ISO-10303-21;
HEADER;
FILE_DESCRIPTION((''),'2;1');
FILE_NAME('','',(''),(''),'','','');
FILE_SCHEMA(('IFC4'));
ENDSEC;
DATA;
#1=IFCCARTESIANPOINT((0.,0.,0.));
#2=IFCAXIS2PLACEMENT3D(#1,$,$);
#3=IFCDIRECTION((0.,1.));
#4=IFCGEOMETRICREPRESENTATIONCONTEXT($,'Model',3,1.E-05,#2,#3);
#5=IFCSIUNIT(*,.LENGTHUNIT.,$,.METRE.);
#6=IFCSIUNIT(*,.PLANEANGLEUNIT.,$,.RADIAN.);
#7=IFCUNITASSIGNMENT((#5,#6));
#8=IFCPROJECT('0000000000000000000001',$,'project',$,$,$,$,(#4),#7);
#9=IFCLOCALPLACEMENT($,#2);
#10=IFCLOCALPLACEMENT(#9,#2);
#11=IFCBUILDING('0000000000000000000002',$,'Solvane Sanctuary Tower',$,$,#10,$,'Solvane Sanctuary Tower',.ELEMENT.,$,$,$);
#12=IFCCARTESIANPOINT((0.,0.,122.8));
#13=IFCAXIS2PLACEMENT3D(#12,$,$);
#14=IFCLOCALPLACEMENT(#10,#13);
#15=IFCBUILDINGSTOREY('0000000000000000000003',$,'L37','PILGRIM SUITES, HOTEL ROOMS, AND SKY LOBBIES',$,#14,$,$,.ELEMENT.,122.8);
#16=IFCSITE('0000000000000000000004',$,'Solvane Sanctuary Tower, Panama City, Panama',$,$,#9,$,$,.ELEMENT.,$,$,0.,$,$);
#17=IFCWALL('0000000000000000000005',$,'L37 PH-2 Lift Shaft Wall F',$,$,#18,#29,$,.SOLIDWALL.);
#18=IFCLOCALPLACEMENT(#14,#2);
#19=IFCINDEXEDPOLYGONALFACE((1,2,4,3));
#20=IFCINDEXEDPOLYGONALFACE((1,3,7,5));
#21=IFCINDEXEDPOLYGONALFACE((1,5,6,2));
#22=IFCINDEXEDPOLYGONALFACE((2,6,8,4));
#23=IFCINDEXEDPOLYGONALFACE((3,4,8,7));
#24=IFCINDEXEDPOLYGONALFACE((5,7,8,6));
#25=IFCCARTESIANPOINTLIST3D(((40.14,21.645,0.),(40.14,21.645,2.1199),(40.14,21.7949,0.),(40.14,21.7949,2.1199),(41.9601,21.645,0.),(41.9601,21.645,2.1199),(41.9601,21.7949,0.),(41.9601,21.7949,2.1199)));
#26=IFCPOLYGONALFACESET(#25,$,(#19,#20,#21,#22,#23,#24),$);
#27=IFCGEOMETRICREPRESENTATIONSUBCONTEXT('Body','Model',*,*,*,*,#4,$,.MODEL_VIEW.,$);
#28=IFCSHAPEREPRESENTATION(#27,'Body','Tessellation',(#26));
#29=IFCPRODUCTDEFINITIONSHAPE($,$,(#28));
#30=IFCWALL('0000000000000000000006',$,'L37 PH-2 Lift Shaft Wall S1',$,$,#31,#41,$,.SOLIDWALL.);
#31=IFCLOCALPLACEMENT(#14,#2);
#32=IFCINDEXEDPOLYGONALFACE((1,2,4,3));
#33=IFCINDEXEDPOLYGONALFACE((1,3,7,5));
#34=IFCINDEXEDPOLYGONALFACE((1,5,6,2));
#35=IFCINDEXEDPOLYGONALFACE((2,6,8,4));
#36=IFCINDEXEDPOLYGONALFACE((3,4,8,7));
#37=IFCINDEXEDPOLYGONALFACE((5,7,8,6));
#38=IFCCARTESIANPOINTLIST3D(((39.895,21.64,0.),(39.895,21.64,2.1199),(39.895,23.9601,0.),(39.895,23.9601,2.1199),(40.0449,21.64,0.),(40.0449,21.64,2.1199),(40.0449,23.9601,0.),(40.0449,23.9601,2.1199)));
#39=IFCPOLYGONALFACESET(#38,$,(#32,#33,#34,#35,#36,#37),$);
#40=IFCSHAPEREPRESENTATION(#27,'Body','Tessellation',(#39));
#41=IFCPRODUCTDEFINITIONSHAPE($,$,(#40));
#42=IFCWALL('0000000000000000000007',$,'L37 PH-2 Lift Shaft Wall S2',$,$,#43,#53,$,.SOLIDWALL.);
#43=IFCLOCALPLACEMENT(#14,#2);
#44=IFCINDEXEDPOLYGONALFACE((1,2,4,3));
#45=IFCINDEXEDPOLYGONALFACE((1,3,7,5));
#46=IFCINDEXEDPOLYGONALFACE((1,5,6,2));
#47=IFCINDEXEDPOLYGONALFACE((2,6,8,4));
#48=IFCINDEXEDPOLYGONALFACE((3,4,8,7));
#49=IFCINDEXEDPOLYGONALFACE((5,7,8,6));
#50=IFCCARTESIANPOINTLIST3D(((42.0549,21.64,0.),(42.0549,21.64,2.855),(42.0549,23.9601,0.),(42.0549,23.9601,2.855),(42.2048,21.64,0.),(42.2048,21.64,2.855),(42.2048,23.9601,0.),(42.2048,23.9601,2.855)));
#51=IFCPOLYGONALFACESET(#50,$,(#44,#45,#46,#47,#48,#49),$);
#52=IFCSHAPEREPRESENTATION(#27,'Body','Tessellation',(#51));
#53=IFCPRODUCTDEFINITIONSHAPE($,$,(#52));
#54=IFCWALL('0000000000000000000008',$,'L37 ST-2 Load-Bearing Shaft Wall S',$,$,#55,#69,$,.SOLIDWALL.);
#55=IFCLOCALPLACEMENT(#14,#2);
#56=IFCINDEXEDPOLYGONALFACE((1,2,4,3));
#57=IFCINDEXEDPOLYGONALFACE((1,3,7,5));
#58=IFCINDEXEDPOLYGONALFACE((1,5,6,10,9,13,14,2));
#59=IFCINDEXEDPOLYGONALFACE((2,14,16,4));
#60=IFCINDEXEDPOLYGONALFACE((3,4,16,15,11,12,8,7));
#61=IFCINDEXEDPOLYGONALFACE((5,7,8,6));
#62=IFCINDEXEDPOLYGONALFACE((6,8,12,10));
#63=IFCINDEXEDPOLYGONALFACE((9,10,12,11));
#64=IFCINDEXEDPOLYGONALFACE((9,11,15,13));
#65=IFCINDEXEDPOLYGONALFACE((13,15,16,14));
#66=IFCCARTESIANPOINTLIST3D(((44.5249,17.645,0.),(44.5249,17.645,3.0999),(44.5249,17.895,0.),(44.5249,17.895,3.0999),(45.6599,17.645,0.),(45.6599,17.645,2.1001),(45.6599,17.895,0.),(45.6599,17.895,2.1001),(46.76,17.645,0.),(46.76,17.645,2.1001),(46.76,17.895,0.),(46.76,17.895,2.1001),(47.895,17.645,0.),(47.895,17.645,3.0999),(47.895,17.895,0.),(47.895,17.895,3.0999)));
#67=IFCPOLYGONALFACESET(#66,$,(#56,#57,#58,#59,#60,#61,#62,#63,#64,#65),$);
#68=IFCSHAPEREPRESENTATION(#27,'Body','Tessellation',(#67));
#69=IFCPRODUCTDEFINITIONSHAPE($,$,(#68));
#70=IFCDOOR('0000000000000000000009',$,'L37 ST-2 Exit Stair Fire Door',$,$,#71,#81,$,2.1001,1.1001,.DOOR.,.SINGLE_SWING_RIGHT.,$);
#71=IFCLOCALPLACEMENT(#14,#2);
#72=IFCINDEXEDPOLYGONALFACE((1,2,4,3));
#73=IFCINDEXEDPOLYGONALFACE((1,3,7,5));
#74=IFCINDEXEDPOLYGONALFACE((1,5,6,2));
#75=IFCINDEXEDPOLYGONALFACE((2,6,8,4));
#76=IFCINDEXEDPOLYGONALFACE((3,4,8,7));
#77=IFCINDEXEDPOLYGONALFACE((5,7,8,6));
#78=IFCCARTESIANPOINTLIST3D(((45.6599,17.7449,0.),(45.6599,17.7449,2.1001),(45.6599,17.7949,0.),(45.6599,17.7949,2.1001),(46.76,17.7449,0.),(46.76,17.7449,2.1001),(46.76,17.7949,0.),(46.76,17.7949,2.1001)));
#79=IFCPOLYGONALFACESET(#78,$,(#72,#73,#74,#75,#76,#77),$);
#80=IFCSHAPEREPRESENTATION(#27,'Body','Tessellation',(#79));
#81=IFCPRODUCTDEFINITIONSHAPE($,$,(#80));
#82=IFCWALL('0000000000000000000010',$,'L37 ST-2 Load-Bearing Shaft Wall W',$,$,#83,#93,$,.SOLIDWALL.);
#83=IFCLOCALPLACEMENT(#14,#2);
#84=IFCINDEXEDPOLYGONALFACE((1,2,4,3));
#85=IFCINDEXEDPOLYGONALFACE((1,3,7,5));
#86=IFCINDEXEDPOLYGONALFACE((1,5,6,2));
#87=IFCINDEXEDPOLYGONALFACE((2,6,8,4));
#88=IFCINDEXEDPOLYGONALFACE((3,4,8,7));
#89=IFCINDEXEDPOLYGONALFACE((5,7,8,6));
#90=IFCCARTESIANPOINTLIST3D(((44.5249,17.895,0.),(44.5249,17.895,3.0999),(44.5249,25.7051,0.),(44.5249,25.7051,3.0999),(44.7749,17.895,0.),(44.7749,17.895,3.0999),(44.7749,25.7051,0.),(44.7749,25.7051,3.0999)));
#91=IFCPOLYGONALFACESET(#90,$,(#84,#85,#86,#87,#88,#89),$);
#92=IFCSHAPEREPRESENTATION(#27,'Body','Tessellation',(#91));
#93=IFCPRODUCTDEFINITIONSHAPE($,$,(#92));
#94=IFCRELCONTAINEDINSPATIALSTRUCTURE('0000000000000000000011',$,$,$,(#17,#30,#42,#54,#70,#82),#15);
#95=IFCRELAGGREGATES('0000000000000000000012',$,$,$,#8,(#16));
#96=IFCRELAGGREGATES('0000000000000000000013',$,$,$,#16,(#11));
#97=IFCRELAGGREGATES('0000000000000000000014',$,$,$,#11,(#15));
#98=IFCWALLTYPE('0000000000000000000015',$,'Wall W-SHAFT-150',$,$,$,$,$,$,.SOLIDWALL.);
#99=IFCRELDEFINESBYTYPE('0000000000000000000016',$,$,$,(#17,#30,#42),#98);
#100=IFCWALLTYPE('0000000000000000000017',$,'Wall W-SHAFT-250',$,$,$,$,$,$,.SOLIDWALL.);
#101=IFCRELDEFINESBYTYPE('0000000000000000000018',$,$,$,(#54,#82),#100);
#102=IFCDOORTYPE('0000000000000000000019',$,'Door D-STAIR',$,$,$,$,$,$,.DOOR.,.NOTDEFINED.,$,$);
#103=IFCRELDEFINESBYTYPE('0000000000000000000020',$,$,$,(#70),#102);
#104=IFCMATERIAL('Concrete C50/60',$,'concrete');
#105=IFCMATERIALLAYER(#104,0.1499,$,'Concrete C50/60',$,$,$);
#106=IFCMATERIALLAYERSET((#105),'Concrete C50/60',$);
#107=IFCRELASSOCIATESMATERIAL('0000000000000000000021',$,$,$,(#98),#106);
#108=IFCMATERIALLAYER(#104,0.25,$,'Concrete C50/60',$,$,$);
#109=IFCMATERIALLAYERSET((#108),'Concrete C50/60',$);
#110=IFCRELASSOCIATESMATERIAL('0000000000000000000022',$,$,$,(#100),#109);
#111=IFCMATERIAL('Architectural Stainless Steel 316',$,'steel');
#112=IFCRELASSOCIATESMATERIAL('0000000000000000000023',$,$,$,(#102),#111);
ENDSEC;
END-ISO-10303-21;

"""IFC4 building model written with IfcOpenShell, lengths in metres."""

from ifc_helpers import new_model, si_unit, direction, frame, frame_2d, origin, place, context, subcontext, project, spatial, rectangle, extrude, material, layer, layer_set, type_object, element, fill, save


model = new_model("IFC4")

# Units and contexts
model_context = context("Model", 3, precision=1e-05, world=origin(), true_north=direction((0.0, 1.0)))
body_context = subcontext(model_context, "Body", "Model", "MODEL_VIEW")
ifc_project = project(units=[si_unit("LENGTHUNIT", "METRE"), si_unit("PLANEANGLEUNIT", "RADIAN")], contexts=[model_context])

# Site, building, storey
site_placement = place(None, origin())
site = spatial("IfcSite", under=ifc_project, at=site_placement, Name="Solvane Sanctuary Tower, Panama City, Panama", CompositionType="ELEMENT", RefElevation=0.0)
building_placement = place(site_placement, origin())
building = spatial("IfcBuilding", under=site, at=building_placement, Name="Solvane Sanctuary Tower", LongName="Solvane Sanctuary Tower", CompositionType="ELEMENT")
storey_placement = place(building_placement, frame((0.0, 0.0, 122.8)))
storey = spatial("IfcBuildingStorey", under=building, at=storey_placement, Name="L37", Description="PILGRIM SUITES, HOTEL ROOMS, AND SKY LOBBIES", CompositionType="ELEMENT", Elevation=122.8)

# Shared definitions
ifc_material_1 = material(Name="Architectural Stainless Steel 316", Category="steel")

# Shared definitions
ifc_material_2 = material(Name="Concrete C50/60", Category="concrete")
ifc_layer_1 = layer(ifc_material_2, 0.1499, Name="Concrete C50/60")
ifc_layer_set_1 = layer_set([ifc_layer_1], Name="Concrete C50/60")
wall_type_1 = type_object("IfcWallType", Name="Wall W-SHAFT-150", PredefinedType="SOLIDWALL", material=ifc_layer_set_1)

# Walls
wall_1_placement = place(storey_placement, frame((40.1399, 21.72, 0.0), z_axis=(0.0, 0.0, 1.0), x_axis=(1.0, 0.0, 0.0)))
element("IfcWall", 1, at=wall_1_placement, inside=storey, type_object=wall_type_1, Name="L37 PH-2 Lift Shaft Wall F", PredefinedType="SOLIDWALL", context=body_context, shape_type="SweptSolid", body=[
    extrude(rectangle(XDim=1.8201, YDim=0.1499, at=frame_2d((0.9102, 0.0))), origin(), (0.0, 0.0, 1.0), 2.1199),
])
wall_2_placement = place(storey_placement, frame((39.97, 21.6399, 0.0), z_axis=(0.0, 0.0, 1.0), x_axis=(0.0, 1.0, 0.0)))
element("IfcWall", 2, at=wall_2_placement, inside=storey, type_object=wall_type_1, Name="L37 PH-2 Lift Shaft Wall S1", PredefinedType="SOLIDWALL", context=body_context, shape_type="SweptSolid", body=[
    extrude(rectangle(XDim=2.3201, YDim=0.1499, at=frame_2d((1.1602, 0.0))), origin(), (0.0, 0.0, 1.0), 2.1199),
])
wall_3_placement = place(storey_placement, frame((42.1299, 21.6399, 0.0), z_axis=(0.0, 0.0, 1.0), x_axis=(0.0, 1.0, 0.0)))
element("IfcWall", 3, at=wall_3_placement, inside=storey, type_object=wall_type_1, Name="L37 PH-2 Lift Shaft Wall S2", PredefinedType="SOLIDWALL", context=body_context, shape_type="SweptSolid", body=[
    extrude(rectangle(XDim=2.3201, YDim=0.1499, at=frame_2d((1.1602, 0.0))), origin(), (0.0, 0.0, 1.0), 2.855),
])

# Wall, opening, door
ifc_layer_2 = layer(ifc_material_2, 0.25, Name="Concrete C50/60")
ifc_layer_set_2 = layer_set([ifc_layer_2], Name="Concrete C50/60")
wall_type_2 = type_object("IfcWallType", Name="Wall W-SHAFT-250", PredefinedType="SOLIDWALL", material=ifc_layer_set_2)
wall_4_placement = place(storey_placement, frame((44.5249, 17.77, 0.0), z_axis=(0.0, 0.0, 1.0), x_axis=(1.0, 0.0, 0.0)))
wall_4 = element("IfcWall", 4, at=wall_4_placement, inside=storey, type_object=wall_type_2, Name="L37 ST-2 Load-Bearing Shaft Wall S", PredefinedType="SOLIDWALL", context=body_context, shape_type="SweptSolid", body=[
    extrude(rectangle(XDim=3.3701, YDim=0.25, at=frame_2d((1.6851, 0.0))), origin(), (0.0, 0.0, 1.0), 3.0999),
])
opening_1_placement = place(wall_4_placement, frame((1.135, 0.0, 0.0)))
opening_1 = element("IfcOpeningElement", 5, at=opening_1_placement, cuts=wall_4, PredefinedType="OPENING", context=body_context, shape_type="SweptSolid", body=[
    extrude(rectangle(XDim=1.1001, YDim=2.1001, at=frame_2d((0.55, 1.05))), frame((0.0, 0.135, 0.0), z_axis=(0.0, -1.0, 0.0), x_axis=(1.0, 0.0, 0.0)), (0.0, 0.0, 1.0), 0.27),
])
door_type_1 = type_object("IfcDoorType", Name="Door D-STAIR", OperationType="NOTDEFINED", PredefinedType="DOOR", material=ifc_material_1)
door_1_placement = place(opening_1_placement, origin())
door_1 = element("IfcDoor", 6, at=door_1_placement, inside=storey, type_object=door_type_1, Name="L37 ST-2 Exit Stair Fire Door", OperationType="SINGLE_SWING_RIGHT", OverallHeight=2.1001, OverallWidth=1.1001, PredefinedType="DOOR", context=body_context, shape_type="SweptSolid", body=[
    extrude(rectangle(XDim=1.1001, YDim=2.1001, at=frame_2d((0.55, 1.05))), frame((0.0, 0.0249, 0.0), z_axis=(0.0, -1.0, 0.0), x_axis=(1.0, 0.0, 0.0)), (0.0, 0.0, 1.0), 0.05),
])
fill(opening_1, door_1)

# Wall
wall_5_placement = place(storey_placement, frame((44.6499, 17.895, 0.0), z_axis=(0.0, 0.0, 1.0), x_axis=(0.0, 1.0, 0.0)))
element("IfcWall", 7, at=wall_5_placement, inside=storey, type_object=wall_type_2, Name="L37 ST-2 Load-Bearing Shaft Wall W", PredefinedType="SOLIDWALL", context=body_context, shape_type="SweptSolid", body=[
    extrude(rectangle(XDim=7.8101, YDim=0.25, at=frame_2d((3.905, 0.0))), origin(), (0.0, 0.0, 1.0), 3.0999),
])

save(model, "model.ifc")
